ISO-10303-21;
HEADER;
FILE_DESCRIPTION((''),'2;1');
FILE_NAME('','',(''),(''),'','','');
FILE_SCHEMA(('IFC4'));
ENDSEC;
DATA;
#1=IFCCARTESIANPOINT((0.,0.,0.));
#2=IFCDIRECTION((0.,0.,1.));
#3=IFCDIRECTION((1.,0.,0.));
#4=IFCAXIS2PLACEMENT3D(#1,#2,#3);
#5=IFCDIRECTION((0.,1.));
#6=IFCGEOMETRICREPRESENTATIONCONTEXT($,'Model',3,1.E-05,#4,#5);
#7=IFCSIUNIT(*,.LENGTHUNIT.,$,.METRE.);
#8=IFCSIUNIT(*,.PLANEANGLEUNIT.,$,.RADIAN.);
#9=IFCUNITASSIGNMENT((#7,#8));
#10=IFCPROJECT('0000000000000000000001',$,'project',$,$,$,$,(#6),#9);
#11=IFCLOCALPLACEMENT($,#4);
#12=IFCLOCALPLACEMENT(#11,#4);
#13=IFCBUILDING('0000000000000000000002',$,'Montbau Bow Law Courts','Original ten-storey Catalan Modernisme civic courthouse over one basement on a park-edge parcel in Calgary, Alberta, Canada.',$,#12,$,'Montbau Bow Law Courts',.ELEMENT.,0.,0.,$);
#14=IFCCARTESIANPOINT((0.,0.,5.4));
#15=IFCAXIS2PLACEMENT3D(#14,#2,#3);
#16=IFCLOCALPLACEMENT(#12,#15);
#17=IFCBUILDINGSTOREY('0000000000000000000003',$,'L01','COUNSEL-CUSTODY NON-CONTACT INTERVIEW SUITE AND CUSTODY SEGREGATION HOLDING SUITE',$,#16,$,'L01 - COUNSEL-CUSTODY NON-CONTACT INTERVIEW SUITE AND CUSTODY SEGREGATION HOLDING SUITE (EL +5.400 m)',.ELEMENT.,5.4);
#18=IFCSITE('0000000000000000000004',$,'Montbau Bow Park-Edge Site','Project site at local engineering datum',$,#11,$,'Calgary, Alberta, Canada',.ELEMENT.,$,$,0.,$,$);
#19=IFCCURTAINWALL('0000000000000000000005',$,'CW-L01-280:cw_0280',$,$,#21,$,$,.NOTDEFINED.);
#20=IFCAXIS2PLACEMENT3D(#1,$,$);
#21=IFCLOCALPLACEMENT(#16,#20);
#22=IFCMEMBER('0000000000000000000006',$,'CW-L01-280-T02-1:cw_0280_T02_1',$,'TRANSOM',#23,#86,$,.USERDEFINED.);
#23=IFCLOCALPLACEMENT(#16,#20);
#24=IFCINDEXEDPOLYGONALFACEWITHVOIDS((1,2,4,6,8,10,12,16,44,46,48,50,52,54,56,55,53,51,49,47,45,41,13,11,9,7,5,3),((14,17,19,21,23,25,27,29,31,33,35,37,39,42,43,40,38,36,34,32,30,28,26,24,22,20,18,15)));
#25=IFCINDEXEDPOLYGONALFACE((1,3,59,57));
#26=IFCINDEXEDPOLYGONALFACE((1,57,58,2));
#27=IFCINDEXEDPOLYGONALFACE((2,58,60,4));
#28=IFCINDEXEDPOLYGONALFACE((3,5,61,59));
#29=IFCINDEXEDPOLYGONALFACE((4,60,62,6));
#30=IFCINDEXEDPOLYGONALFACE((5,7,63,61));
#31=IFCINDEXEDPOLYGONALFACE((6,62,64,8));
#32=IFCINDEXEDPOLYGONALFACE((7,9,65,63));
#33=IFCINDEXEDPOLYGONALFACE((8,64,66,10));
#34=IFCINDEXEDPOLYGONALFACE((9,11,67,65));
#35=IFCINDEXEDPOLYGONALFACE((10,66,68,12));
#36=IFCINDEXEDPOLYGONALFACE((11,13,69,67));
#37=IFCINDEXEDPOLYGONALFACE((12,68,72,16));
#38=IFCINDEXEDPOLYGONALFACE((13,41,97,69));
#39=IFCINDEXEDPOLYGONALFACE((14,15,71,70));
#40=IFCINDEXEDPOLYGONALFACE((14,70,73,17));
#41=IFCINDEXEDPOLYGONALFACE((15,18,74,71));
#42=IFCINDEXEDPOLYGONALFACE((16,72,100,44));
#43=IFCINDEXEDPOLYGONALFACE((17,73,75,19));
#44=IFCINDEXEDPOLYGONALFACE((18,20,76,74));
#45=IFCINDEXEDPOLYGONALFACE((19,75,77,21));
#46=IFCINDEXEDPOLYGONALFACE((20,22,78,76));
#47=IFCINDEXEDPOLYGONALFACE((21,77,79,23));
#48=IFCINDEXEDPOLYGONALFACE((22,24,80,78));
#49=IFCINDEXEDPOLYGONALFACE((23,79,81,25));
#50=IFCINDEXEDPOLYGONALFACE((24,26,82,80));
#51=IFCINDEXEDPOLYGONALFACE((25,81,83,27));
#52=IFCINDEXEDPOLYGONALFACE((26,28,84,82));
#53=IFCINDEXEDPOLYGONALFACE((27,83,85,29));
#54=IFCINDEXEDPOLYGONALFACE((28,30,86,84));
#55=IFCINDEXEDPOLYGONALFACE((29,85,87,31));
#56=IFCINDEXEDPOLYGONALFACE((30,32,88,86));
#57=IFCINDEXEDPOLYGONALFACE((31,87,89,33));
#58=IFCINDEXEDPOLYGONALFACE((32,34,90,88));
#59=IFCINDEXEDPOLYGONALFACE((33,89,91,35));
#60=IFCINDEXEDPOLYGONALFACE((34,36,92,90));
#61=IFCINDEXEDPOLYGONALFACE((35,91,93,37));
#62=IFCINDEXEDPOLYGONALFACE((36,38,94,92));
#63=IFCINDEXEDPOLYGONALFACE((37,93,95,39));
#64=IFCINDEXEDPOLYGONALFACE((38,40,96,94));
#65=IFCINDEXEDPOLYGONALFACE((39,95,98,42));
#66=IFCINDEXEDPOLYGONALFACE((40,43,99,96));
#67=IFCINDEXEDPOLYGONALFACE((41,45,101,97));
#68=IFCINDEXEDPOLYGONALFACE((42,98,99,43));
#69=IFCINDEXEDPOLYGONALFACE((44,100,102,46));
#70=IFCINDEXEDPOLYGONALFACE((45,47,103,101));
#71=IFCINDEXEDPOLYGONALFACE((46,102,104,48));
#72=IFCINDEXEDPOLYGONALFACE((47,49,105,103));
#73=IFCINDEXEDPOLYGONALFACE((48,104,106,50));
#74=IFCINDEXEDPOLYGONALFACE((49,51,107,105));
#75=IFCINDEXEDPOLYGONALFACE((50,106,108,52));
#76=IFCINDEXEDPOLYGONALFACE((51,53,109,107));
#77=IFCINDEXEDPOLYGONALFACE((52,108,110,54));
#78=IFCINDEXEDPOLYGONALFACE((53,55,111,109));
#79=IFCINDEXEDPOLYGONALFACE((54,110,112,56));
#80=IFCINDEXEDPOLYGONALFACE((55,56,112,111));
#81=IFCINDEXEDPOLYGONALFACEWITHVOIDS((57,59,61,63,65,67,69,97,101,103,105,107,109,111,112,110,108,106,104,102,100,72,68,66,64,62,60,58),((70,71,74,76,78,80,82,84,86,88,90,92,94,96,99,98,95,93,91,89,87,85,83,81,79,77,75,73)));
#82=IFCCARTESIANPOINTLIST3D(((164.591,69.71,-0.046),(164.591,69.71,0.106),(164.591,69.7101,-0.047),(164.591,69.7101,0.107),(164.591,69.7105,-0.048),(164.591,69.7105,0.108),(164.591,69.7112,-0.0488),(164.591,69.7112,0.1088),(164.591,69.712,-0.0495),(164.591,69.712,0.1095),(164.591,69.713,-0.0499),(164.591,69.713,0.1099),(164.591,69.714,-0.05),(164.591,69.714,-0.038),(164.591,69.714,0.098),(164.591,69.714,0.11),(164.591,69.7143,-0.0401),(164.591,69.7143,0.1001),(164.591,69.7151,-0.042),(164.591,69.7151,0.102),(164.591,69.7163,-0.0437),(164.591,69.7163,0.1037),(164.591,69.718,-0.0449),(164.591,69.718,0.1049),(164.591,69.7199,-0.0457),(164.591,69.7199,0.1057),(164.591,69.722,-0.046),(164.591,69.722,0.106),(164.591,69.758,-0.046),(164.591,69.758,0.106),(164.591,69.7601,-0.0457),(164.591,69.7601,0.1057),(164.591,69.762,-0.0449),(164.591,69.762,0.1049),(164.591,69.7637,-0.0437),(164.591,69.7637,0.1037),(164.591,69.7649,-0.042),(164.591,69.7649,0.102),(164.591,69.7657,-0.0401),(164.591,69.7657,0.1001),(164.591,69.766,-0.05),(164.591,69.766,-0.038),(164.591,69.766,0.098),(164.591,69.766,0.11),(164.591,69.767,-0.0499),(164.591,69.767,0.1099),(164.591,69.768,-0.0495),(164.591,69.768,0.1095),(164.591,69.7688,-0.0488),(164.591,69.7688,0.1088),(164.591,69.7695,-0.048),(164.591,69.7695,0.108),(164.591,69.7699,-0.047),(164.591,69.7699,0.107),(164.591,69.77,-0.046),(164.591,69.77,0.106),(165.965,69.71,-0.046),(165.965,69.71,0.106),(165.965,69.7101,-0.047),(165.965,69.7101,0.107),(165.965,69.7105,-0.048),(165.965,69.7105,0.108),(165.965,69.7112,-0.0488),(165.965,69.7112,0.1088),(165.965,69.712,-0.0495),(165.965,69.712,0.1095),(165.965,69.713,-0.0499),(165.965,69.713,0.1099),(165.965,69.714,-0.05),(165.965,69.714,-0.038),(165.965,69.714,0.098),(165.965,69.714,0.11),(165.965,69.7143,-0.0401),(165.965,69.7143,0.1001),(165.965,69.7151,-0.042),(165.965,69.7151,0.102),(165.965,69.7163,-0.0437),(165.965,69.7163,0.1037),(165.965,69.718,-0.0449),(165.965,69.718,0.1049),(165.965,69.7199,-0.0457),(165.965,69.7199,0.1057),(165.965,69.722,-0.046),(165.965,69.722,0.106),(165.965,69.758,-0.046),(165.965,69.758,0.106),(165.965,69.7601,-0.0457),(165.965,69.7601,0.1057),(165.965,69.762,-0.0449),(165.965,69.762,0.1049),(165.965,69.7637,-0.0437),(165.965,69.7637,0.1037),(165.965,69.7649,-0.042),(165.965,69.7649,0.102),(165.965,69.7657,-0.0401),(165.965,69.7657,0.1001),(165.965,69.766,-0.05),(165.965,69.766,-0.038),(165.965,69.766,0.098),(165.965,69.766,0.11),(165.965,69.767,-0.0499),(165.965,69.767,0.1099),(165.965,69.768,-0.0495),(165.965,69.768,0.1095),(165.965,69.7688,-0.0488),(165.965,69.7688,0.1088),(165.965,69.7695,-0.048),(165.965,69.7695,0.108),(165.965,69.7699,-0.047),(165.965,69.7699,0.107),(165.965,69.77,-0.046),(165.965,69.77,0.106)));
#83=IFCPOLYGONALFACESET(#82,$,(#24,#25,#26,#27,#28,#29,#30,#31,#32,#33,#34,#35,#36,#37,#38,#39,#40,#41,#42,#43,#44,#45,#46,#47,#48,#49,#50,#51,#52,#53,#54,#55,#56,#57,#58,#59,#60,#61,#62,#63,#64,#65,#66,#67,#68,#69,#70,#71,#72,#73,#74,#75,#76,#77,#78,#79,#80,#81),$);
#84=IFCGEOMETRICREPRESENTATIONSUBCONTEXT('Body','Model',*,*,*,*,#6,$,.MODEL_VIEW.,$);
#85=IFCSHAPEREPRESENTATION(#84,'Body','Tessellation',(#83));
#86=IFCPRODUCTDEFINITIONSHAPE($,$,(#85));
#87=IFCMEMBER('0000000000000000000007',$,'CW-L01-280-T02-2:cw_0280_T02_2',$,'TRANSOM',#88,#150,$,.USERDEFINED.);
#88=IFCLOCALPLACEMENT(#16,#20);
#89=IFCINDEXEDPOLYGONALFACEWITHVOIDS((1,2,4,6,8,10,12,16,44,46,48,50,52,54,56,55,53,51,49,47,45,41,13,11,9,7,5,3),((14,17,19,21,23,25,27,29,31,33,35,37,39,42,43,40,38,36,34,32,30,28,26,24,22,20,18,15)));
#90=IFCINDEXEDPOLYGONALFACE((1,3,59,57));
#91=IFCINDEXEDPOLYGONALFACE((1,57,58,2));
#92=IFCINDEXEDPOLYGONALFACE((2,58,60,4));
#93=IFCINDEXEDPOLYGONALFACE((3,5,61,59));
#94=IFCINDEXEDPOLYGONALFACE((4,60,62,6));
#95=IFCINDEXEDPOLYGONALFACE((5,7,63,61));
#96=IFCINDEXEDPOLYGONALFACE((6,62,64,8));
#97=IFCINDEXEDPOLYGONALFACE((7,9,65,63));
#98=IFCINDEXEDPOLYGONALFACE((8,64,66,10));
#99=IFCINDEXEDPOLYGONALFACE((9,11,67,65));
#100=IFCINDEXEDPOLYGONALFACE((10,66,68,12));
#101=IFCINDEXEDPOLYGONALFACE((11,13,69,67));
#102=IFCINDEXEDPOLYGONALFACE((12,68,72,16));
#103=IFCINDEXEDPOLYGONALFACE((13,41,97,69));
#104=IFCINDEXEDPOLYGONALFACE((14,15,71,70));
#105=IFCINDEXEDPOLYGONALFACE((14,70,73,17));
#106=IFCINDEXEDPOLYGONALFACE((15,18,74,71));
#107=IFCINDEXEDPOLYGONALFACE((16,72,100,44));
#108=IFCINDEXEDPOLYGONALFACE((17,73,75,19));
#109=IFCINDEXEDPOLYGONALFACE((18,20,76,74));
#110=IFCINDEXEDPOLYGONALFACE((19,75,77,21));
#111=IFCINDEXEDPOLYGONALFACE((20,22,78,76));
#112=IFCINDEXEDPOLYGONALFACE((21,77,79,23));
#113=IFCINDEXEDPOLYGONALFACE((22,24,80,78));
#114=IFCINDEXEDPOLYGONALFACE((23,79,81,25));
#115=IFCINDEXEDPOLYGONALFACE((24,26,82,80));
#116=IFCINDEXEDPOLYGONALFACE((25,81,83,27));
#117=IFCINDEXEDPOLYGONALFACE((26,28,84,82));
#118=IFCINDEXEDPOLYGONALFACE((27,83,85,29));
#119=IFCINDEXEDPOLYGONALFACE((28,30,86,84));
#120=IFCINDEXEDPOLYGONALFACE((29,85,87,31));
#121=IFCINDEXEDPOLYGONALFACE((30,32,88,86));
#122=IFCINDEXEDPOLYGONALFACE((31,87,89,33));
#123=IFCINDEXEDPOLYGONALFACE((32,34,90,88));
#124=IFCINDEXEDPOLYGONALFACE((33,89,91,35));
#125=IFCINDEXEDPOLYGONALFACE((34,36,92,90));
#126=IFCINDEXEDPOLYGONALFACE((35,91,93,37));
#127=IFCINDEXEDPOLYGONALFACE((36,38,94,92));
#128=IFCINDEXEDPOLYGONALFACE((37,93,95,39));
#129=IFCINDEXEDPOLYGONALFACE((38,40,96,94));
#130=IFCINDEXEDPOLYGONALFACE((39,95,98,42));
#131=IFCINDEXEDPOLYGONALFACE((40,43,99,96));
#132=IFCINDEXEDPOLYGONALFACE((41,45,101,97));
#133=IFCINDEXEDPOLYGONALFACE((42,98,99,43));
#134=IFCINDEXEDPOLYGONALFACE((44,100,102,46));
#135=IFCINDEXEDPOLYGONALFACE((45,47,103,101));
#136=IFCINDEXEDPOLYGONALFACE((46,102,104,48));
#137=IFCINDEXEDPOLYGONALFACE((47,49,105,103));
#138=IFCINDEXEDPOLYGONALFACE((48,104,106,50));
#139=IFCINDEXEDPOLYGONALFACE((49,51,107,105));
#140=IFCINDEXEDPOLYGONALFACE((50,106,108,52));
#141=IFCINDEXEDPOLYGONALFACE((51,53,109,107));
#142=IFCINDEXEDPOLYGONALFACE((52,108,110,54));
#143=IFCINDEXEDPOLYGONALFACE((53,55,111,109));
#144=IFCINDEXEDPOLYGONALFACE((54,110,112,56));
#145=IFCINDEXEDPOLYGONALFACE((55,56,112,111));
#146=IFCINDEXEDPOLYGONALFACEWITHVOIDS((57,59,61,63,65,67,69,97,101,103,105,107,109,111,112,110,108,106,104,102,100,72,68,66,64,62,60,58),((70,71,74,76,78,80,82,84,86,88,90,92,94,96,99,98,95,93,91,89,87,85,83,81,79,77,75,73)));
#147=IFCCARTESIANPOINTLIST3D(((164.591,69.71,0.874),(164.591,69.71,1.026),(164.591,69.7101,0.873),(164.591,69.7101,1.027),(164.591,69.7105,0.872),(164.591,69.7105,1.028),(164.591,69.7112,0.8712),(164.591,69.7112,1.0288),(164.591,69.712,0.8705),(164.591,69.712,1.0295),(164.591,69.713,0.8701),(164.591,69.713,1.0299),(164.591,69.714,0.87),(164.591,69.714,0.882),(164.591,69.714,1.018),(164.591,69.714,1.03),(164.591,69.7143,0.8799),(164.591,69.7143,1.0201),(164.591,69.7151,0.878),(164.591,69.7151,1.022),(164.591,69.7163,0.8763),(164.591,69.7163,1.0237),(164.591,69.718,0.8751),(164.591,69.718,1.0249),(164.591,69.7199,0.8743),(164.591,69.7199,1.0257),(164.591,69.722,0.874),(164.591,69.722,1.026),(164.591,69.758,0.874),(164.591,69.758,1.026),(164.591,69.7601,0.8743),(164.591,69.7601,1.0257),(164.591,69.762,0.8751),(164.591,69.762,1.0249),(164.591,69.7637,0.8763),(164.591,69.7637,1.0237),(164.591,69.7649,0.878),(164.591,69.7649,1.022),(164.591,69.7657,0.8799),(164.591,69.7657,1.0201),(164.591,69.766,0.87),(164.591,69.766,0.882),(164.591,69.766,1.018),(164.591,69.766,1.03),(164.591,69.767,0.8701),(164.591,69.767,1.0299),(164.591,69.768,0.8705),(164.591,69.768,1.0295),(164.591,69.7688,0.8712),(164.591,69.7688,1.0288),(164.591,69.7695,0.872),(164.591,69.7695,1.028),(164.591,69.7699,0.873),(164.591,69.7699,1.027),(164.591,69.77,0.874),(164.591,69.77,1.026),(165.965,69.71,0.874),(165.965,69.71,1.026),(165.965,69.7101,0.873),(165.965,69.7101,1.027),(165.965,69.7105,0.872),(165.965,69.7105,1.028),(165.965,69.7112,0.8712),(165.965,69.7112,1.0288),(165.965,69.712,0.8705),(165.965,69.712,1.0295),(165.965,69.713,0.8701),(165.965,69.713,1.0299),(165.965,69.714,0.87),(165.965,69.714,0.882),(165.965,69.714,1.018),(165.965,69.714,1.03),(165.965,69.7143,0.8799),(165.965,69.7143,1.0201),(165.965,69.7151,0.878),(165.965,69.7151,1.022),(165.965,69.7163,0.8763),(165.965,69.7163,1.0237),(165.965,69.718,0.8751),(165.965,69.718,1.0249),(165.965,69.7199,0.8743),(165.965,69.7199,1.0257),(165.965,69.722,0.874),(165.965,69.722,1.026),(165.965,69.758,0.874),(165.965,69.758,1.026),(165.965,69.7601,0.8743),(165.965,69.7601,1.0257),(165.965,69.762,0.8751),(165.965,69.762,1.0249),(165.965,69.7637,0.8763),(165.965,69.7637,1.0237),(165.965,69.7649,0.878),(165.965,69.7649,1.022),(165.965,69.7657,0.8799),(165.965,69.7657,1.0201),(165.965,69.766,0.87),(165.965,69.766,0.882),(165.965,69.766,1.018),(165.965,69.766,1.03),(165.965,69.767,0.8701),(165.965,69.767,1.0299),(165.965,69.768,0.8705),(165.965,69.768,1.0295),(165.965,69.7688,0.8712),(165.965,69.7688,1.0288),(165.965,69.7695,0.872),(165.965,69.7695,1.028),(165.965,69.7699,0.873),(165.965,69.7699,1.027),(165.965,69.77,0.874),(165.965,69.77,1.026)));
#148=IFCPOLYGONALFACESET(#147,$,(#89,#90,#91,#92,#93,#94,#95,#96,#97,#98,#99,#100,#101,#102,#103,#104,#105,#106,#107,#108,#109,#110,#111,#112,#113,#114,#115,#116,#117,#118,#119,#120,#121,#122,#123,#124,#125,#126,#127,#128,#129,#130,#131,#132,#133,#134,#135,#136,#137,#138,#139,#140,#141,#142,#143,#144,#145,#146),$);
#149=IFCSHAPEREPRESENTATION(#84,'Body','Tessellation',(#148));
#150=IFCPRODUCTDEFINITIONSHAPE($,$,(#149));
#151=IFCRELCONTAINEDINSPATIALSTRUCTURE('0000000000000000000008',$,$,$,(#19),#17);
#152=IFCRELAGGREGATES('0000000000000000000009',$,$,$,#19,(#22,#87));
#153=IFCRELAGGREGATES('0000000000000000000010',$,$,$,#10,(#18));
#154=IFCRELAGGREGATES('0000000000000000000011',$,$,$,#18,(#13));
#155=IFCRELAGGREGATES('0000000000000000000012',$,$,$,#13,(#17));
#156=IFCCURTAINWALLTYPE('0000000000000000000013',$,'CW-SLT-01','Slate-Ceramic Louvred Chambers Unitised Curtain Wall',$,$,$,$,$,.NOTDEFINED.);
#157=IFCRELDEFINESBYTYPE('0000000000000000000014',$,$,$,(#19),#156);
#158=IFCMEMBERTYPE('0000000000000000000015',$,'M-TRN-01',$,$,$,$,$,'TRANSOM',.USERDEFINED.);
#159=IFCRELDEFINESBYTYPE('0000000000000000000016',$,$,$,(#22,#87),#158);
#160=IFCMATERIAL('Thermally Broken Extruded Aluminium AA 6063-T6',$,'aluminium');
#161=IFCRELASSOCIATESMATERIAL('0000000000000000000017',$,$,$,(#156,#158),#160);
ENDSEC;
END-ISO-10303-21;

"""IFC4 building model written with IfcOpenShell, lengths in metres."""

from ifc_helpers import new_model, si_unit, direction, frame, origin_with_axes, origin_2d_with_axis, place, context, subcontext, project, spatial, hollow_rectangle, extrude, material, material_profile, profile_set, type_object, element, aggregate, save


model = new_model("IFC4")

# Units and contexts
model_context = context("Model", 3, precision=1e-05, world=origin_with_axes(), true_north=direction((0.0, 1.0)))
body_context = subcontext(model_context, "Body", "Model", "MODEL_VIEW")
ifc_project = project(units=[si_unit("LENGTHUNIT", "METRE"), si_unit("PLANEANGLEUNIT", "RADIAN")], contexts=[model_context])

# Site, building, storey
site_placement = place(None, origin_with_axes())
site = spatial("IfcSite", under=ifc_project, at=site_placement, Name="Montbau Bow Park-Edge Site", Description="Project site at local engineering datum", LongName="Calgary, Alberta, Canada", CompositionType="ELEMENT", RefElevation=0.0)
building_placement = place(site_placement, origin_with_axes())
building = spatial("IfcBuilding", under=site, at=building_placement, Name="Montbau Bow Law Courts", Description="Original ten-storey Catalan Modernisme civic courthouse over one basement on a park-edge parcel in Calgary, Alberta, Canada.", LongName="Montbau Bow Law Courts", CompositionType="ELEMENT", ElevationOfRefHeight=0.0, ElevationOfTerrain=0.0)
storey_placement = place(building_placement, frame((0.0, 0.0, 5.4), z_axis=(0.0, 0.0, 1.0), x_axis=(1.0, 0.0, 0.0)))
storey = spatial("IfcBuildingStorey", under=building, at=storey_placement, Name="L01", Description="COUNSEL-CUSTODY NON-CONTACT INTERVIEW SUITE AND CUSTODY SEGREGATION HOLDING SUITE", LongName="L01 - COUNSEL-CUSTODY NON-CONTACT INTERVIEW SUITE AND CUSTODY SEGREGATION HOLDING SUITE (EL +5.400 m)", CompositionType="ELEMENT", Elevation=5.4)

# Curtain wall, members
ifc_material_1 = material(Name="Thermally Broken Extruded Aluminium AA 6063-T6", Category="aluminium")
curtain_wall_type = type_object("IfcCurtainWallType", Name="CW-SLT-01", Description="Slate-Ceramic Louvred Chambers Unitised Curtain Wall", PredefinedType="NOTDEFINED", material=ifc_material_1)
curtain_wall_placement = place(None, frame((163.115, 69.74, 5.4), z_axis=(0.0, 0.0, 1.0), x_axis=(1.0, 0.0, 0.0)))
curtain_wall = element("IfcCurtainWall", 1, at=curtain_wall_placement, inside=storey, type_object=curtain_wall_type, Name="CW-L01-280:cw_0280", PredefinedType="NOTDEFINED")
ifc_material_profile_1 = material_profile(ifc_material_1, hollow_rectangle(XDim=0.06, YDim=0.16, WallThickness=0.004, InnerFilletRadius=0.008, OuterFilletRadius=0.004, at=origin_2d_with_axis()), Name="CWT-160X60", Category="Main", Priority=0)
ifc_profile_set_1 = profile_set([ifc_material_profile_1], Name="Thermally Broken Extruded Aluminium AA 6063-T6")
member_type_1 = type_object("IfcMemberType", Name="M-TRN-01", ElementType="TRANSOM", PredefinedType="USERDEFINED", material=ifc_profile_set_1)
member_1_placement = place(None, frame((164.591, 69.74, 5.43), z_axis=(1.0, 0.0, 0.0), x_axis=(0.0, 1.0, 0.0)))
member_1 = element("IfcMember", 2, at=member_1_placement, type_object=member_type_1, Name="CW-L01-280-T02-1:cw_0280_T02_1", ObjectType="TRANSOM", PredefinedType="USERDEFINED", context=body_context, shape_type="SweptSolid", body=[
    extrude(hollow_rectangle(XDim=0.06, YDim=0.16, WallThickness=0.004, InnerFilletRadius=0.008, OuterFilletRadius=0.004, at=origin_2d_with_axis()), origin_with_axes(), (0.0, 0.0, 1.0), 1.374),
])
member_2_placement = place(None, frame((164.591, 69.74, 6.35), z_axis=(1.0, 0.0, 0.0), x_axis=(0.0, 1.0, 0.0)))
member_2 = element("IfcMember", 3, at=member_2_placement, type_object=member_type_1, Name="CW-L01-280-T02-2:cw_0280_T02_2", ObjectType="TRANSOM", PredefinedType="USERDEFINED", context=body_context, shape_type="SweptSolid", body=[
    extrude(hollow_rectangle(XDim=0.06, YDim=0.16, WallThickness=0.004, InnerFilletRadius=0.008, OuterFilletRadius=0.004, at=origin_2d_with_axis()), origin_with_axes(), (0.0, 0.0, 1.0), 1.374),
])
aggregate(curtain_wall, [member_1, member_2])

save(model, "model.ifc")
